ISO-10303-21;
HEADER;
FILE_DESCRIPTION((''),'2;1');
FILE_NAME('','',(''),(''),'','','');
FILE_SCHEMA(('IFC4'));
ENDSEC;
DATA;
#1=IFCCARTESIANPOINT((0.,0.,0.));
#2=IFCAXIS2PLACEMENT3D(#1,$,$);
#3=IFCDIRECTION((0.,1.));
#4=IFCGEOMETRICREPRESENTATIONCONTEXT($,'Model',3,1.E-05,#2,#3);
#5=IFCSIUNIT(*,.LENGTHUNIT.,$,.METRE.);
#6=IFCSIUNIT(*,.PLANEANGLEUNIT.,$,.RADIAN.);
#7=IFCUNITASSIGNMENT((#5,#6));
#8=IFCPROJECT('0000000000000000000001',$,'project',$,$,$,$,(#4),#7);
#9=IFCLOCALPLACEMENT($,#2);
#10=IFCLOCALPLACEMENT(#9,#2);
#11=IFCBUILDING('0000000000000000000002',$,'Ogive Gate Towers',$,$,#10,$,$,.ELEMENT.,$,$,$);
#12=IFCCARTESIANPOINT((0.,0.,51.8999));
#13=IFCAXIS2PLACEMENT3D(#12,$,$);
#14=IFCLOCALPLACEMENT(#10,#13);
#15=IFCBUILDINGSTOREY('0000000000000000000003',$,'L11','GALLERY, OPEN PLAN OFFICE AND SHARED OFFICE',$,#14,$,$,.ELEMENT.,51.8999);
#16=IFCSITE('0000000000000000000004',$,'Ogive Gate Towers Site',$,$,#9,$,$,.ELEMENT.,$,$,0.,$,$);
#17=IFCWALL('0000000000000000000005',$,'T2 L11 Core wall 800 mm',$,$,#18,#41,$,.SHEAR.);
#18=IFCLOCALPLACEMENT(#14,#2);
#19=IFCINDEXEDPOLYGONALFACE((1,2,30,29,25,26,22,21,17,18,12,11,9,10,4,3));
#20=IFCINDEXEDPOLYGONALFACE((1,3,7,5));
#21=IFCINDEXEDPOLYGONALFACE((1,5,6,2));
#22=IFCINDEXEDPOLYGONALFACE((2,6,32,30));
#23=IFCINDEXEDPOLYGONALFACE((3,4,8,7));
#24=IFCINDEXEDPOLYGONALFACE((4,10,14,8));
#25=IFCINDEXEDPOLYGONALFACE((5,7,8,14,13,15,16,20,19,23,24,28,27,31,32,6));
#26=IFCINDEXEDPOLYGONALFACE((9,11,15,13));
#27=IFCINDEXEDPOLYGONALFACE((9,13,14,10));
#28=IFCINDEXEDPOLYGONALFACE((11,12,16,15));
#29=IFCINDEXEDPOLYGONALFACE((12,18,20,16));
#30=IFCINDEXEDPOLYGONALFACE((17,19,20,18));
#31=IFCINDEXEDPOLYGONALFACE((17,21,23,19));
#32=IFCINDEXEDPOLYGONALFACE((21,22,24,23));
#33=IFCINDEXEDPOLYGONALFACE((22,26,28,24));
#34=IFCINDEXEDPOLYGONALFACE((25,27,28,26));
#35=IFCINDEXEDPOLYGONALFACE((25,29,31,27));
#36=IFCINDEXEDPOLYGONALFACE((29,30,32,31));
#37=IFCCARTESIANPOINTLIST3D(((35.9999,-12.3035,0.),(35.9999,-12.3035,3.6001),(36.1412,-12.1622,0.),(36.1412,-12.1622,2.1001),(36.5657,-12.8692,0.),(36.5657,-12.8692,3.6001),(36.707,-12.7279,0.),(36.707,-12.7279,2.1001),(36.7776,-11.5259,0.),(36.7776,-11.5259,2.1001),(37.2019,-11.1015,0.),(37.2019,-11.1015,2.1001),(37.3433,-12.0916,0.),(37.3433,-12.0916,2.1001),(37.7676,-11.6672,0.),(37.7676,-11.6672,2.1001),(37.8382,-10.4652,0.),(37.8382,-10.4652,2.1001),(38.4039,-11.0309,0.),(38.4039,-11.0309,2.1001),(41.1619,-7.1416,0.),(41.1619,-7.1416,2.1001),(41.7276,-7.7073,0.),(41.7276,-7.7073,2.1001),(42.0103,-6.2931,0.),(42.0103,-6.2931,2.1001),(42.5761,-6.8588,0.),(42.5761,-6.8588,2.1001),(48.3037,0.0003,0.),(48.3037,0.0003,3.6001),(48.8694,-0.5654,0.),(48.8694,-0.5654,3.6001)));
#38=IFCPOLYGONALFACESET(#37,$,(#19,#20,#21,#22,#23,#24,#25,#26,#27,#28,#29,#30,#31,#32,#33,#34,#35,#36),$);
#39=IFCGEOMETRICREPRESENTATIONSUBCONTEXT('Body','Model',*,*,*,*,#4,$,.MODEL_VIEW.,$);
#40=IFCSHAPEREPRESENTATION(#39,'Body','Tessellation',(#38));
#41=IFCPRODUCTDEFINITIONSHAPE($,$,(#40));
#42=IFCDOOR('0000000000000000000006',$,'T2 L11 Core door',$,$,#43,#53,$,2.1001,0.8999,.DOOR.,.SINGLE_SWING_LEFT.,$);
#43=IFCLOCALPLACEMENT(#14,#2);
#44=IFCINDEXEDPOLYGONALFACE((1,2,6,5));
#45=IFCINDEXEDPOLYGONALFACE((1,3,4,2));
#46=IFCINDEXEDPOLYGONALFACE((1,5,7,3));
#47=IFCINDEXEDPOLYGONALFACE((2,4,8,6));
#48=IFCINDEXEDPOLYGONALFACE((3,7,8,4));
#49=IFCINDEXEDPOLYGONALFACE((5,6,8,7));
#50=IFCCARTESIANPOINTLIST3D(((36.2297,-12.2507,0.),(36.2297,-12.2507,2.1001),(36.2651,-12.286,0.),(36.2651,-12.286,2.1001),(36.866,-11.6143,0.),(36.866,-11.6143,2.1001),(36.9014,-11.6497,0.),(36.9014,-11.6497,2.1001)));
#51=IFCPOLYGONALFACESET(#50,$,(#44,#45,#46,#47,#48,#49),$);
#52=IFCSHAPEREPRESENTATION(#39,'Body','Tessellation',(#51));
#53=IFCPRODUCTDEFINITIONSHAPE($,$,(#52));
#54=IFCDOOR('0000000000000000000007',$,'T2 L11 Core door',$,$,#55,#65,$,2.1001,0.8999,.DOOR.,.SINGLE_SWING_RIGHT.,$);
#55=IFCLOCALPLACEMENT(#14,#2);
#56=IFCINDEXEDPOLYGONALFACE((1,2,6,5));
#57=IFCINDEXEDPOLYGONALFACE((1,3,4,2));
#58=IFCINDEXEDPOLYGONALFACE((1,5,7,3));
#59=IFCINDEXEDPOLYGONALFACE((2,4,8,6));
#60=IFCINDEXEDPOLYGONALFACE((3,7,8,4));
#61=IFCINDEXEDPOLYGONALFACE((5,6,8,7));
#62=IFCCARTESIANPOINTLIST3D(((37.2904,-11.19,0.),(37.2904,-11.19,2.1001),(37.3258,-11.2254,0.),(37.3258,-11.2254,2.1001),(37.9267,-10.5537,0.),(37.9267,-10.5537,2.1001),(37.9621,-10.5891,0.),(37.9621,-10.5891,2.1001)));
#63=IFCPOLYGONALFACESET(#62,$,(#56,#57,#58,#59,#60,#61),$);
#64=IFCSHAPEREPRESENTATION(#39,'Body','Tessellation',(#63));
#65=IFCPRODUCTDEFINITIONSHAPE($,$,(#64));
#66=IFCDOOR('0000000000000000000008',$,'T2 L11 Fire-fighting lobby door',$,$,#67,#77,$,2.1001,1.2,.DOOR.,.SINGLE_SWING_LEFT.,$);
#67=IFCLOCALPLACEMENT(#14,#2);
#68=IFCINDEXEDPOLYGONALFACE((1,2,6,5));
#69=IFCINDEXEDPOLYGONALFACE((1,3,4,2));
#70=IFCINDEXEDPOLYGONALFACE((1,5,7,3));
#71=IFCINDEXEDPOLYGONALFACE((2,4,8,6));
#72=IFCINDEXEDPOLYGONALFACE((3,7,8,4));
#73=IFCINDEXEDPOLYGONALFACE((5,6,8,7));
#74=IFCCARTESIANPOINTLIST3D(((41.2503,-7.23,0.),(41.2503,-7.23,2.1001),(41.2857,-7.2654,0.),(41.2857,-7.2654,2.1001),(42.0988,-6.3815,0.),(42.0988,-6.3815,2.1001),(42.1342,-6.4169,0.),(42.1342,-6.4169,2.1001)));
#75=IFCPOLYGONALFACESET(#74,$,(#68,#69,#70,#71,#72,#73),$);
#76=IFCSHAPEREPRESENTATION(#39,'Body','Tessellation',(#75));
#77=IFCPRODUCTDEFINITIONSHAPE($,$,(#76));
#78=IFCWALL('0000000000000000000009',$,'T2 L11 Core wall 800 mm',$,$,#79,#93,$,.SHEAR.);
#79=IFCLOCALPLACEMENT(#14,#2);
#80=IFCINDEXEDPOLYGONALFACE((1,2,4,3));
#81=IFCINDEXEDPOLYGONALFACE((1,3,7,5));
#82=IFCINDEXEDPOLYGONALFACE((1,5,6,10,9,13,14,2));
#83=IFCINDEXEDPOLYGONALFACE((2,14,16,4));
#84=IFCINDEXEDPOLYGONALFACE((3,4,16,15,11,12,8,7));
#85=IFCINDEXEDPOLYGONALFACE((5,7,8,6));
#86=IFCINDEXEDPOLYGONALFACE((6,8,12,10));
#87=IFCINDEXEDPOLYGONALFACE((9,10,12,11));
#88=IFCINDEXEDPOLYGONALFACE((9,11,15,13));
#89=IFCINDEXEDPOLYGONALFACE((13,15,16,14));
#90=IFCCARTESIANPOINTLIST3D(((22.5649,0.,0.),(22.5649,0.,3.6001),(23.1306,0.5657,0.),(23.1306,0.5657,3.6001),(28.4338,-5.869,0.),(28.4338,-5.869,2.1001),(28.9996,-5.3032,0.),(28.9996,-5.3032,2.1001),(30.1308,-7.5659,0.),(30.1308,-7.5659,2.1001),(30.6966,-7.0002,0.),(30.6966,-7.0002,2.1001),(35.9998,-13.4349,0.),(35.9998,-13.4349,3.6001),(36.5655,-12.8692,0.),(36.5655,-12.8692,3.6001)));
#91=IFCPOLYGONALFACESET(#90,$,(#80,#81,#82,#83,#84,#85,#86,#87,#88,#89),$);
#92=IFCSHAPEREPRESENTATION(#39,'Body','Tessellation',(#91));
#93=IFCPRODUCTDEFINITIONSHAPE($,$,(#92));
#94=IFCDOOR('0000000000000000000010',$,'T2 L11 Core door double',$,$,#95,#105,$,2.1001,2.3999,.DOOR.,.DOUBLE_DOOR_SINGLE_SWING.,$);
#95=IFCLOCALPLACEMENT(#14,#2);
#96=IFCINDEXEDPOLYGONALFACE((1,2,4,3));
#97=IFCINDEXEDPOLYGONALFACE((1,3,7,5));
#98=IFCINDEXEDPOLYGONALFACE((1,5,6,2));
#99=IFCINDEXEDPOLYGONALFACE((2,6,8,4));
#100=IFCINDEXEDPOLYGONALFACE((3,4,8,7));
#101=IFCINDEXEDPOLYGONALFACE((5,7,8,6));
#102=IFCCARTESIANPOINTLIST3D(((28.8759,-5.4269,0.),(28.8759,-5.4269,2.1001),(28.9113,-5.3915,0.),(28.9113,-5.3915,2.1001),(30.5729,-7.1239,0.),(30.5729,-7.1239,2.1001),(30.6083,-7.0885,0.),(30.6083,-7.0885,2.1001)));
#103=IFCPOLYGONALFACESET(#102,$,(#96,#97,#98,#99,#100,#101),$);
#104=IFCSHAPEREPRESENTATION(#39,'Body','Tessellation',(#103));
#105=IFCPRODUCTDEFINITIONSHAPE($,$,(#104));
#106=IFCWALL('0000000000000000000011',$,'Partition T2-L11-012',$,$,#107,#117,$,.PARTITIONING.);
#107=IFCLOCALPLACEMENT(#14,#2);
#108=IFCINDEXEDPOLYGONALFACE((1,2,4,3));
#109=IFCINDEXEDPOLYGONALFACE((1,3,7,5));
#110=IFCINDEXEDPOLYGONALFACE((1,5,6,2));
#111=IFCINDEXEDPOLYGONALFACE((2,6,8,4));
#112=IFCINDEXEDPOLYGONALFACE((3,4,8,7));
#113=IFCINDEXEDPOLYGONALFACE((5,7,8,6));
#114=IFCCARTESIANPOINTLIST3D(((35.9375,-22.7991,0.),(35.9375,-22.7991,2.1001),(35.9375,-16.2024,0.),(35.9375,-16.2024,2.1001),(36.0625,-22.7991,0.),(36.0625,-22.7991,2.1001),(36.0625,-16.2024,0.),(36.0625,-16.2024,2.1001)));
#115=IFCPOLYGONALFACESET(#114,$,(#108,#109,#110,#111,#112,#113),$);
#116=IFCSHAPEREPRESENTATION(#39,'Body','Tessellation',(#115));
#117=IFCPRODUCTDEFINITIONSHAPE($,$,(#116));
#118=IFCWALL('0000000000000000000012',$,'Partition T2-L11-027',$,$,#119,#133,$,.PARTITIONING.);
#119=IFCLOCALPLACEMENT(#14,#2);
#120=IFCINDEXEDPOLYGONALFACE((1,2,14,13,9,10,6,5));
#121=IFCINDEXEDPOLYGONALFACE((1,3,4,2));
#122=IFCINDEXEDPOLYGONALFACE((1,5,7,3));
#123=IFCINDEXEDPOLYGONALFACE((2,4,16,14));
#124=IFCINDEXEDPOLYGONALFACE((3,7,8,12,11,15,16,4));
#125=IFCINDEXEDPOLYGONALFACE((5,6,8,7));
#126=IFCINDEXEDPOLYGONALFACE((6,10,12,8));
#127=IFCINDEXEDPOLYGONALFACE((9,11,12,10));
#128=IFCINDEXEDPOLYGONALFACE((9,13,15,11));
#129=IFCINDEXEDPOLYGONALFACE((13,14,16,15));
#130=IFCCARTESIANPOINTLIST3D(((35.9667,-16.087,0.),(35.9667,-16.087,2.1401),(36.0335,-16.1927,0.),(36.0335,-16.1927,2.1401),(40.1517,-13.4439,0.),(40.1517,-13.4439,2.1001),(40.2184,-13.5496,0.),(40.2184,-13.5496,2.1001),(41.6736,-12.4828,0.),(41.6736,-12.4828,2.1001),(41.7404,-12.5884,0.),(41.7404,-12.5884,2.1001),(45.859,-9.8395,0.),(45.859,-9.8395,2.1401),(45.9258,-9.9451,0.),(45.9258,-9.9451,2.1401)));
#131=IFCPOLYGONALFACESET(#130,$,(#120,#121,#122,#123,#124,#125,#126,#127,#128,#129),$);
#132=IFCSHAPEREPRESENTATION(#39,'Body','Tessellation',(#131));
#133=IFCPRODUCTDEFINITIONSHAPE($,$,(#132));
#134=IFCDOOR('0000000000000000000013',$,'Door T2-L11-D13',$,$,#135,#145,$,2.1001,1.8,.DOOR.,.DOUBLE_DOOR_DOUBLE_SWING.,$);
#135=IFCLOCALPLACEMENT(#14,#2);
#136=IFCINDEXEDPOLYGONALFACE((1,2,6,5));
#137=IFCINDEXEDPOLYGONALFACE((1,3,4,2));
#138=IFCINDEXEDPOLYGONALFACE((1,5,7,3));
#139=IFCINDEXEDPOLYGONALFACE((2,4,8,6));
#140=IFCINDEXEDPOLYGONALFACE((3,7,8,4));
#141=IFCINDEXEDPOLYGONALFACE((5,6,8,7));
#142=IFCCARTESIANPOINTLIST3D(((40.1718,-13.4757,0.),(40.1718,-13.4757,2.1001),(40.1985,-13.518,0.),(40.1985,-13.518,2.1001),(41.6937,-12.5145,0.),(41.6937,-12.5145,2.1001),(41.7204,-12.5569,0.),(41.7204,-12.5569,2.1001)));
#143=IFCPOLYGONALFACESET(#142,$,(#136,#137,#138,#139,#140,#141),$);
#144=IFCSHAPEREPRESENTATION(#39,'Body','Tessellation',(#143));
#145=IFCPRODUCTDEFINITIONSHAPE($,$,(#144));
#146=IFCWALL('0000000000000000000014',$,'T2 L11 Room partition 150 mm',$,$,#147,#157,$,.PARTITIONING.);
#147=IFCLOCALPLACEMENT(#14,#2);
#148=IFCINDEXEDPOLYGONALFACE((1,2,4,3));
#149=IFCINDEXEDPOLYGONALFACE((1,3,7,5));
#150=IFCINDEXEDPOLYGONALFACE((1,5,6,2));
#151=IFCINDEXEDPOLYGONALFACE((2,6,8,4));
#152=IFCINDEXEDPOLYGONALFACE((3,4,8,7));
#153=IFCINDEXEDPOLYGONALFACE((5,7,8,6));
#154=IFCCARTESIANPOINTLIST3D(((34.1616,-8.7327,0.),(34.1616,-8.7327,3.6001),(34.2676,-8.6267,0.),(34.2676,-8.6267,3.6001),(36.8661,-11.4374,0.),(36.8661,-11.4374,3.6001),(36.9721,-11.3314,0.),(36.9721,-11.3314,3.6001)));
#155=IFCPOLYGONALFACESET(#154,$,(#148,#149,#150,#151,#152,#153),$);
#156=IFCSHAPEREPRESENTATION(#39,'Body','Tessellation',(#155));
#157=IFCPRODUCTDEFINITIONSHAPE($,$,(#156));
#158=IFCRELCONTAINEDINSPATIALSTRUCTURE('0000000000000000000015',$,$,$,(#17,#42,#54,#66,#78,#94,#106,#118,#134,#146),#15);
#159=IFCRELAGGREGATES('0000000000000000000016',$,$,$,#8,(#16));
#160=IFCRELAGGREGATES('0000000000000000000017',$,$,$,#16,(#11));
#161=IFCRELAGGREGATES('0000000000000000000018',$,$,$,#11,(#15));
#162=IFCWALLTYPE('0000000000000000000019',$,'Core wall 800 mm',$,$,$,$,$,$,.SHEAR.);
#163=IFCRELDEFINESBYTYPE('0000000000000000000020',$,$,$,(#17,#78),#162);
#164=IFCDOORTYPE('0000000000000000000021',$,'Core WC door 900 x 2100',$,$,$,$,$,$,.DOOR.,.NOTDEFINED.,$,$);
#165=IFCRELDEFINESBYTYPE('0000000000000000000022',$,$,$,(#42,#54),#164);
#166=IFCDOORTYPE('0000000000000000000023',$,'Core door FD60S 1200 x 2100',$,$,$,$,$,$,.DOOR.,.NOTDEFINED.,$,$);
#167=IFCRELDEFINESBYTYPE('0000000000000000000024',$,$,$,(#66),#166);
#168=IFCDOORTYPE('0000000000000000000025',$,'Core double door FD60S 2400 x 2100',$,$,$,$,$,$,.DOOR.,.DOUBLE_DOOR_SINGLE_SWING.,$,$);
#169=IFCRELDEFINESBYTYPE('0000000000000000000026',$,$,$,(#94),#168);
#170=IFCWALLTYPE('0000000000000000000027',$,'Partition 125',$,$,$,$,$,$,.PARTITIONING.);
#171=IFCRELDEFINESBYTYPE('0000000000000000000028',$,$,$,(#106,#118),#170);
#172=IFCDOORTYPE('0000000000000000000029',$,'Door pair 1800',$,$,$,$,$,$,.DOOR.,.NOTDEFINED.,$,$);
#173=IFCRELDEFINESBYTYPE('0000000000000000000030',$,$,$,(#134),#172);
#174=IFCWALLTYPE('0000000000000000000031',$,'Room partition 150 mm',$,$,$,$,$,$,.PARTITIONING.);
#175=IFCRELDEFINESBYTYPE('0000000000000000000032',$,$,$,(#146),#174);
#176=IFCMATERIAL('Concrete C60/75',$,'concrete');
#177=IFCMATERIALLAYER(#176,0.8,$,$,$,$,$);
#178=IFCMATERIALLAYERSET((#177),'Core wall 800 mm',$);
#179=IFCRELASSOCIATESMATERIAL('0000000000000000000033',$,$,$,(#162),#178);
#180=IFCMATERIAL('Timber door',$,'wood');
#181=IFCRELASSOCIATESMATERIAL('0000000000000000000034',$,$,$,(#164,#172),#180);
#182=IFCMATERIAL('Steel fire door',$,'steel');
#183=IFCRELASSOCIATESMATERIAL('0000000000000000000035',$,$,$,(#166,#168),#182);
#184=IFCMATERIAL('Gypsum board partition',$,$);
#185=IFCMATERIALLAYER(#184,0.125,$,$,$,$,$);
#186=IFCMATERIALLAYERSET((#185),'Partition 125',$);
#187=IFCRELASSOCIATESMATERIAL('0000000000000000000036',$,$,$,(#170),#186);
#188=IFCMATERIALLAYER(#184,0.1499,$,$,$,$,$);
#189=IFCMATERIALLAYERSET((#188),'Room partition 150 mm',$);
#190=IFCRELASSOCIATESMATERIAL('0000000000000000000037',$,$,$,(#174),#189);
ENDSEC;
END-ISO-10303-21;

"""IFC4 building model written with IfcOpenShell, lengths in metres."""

from ifc_helpers import new_model, si_unit, direction, frame, frame_2d, origin, place, context, subcontext, project, spatial, rectangle, extrude, material, layer, layer_set, type_object, element, fill, save


model = new_model("IFC4")

# Units and contexts
model_context = context("Model", 3, precision=1e-05, world=origin(), true_north=direction((0.0, 1.0)))
body_context = subcontext(model_context, "Body", "Model", "MODEL_VIEW")
ifc_project = project(units=[si_unit("LENGTHUNIT", "METRE"), si_unit("PLANEANGLEUNIT", "RADIAN")], contexts=[model_context])

# Site, building, storey
site_placement = place(None, origin())
site = spatial("IfcSite", under=ifc_project, at=site_placement, Name="Ogive Gate Towers Site", CompositionType="ELEMENT", RefElevation=0.0)
building_placement = place(site_placement, origin())
building = spatial("IfcBuilding", under=site, at=building_placement, Name="Ogive Gate Towers", CompositionType="ELEMENT")
storey_placement = place(building_placement, frame((0.0, 0.0, 51.8999)))
storey = spatial("IfcBuildingStorey", under=building, at=storey_placement, Name="L11", Description="GALLERY, OPEN PLAN OFFICE AND SHARED OFFICE", CompositionType="ELEMENT", Elevation=51.8999)

# Wall, openings, doors
ifc_material_1 = material(Name="Concrete C60/75", Category="concrete")
ifc_layer_1 = layer(ifc_material_1, 0.8)
ifc_layer_set_1 = layer_set([ifc_layer_1], Name="Core wall 800 mm")
wall_type_1 = type_object("IfcWallType", Name="Core wall 800 mm", PredefinedType="SHEAR", material=ifc_layer_set_1)
wall_1_placement = place(storey_placement, frame((36.2827, -12.5864, 0.0), z_axis=(0.0, 0.0, 1.0), x_axis=(0.707107, 0.707107, 0.0)))
wall_1 = element("IfcWall", 1, at=wall_1_placement, inside=storey, type_object=wall_type_1, Name="T2 L11 Core wall 800 mm", PredefinedType="SHEAR", context=body_context, shape_type="SweptSolid", body=[
    extrude(rectangle(XDim=17.4001, YDim=0.8, at=frame_2d((8.7002, 0.0))), origin(), (0.0, 0.0, 1.0), 3.6001),
])
opening_1_placement = place(wall_1_placement, frame((7.3, 0.0, 0.0)))
opening_1 = element("IfcOpeningElement", 2, at=opening_1_placement, cuts=wall_1, PredefinedType="OPENING", context=body_context, shape_type="SweptSolid", body=[
    extrude(rectangle(XDim=1.2, YDim=2.1001, at=frame_2d((0.6001, 1.05))), frame((0.0, 0.4102, 0.0), z_axis=(0.0, -1.0, 0.0), x_axis=(1.0, 0.0, 0.0)), (0.0, 0.0, 1.0), 0.8201),
])
opening_2_placement = place(wall_1_placement, frame((0.2, 0.0, 0.0)))
opening_2 = element("IfcOpeningElement", 3, at=opening_2_placement, cuts=wall_1, PredefinedType="OPENING", context=body_context, shape_type="SweptSolid", body=[
    extrude(rectangle(XDim=0.8999, YDim=2.1001, at=frame_2d((0.45, 1.05))), frame((0.0, 0.4102, 0.0), z_axis=(0.0, -1.0, 0.0), x_axis=(1.0, 0.0, 0.0)), (0.0, 0.0, 1.0), 0.8201),
])
opening_3_placement = place(wall_1_placement, frame((1.7, 0.0, 0.0)))
opening_3 = element("IfcOpeningElement", 4, at=opening_3_placement, cuts=wall_1, PredefinedType="OPENING", context=body_context, shape_type="SweptSolid", body=[
    extrude(rectangle(XDim=0.8999, YDim=2.1001, at=frame_2d((0.45, 1.05))), frame((0.0, 0.4102, 0.0), z_axis=(0.0, -1.0, 0.0), x_axis=(1.0, 0.0, 0.0)), (0.0, 0.0, 1.0), 0.8201),
])
ifc_material_2 = material(Name="Timber door", Category="wood")
door_type_1 = type_object("IfcDoorType", Name="Core WC door 900 x 2100", OperationType="NOTDEFINED", PredefinedType="DOOR", material=ifc_material_2)
door_1_placement = place(opening_2_placement, origin())
door_1 = element("IfcDoor", 5, at=door_1_placement, inside=storey, type_object=door_type_1, Name="T2 L11 Core door", OperationType="SINGLE_SWING_LEFT", OverallHeight=2.1001, OverallWidth=0.8999, PredefinedType="DOOR", context=body_context, shape_type="SweptSolid", body=[
    extrude(rectangle(XDim=0.8999, YDim=2.1001, at=frame_2d((0.45, 1.05))), frame((0.0, 0.2749, 0.0), z_axis=(0.0, -1.0, 0.0), x_axis=(1.0, 0.0, 0.0)), (0.0, 0.0, 1.0), 0.05),
])
fill(opening_2, door_1)
door_2_placement = place(opening_3_placement, origin())
door_2 = element("IfcDoor", 6, at=door_2_placement, inside=storey, type_object=door_type_1, Name="T2 L11 Core door", OperationType="SINGLE_SWING_RIGHT", OverallHeight=2.1001, OverallWidth=0.8999, PredefinedType="DOOR", context=body_context, shape_type="SweptSolid", body=[
    extrude(rectangle(XDim=0.8999, YDim=2.1001, at=frame_2d((0.45, 1.05))), frame((0.0, 0.2749, 0.0), z_axis=(0.0, -1.0, 0.0), x_axis=(1.0, 0.0, 0.0)), (0.0, 0.0, 1.0), 0.05),
])
fill(opening_3, door_2)
ifc_material_3 = material(Name="Steel fire door", Category="steel")
door_type_2 = type_object("IfcDoorType", Name="Core door FD60S 1200 x 2100", OperationType="NOTDEFINED", PredefinedType="DOOR", material=ifc_material_3)
door_3_placement = place(opening_1_placement, origin())
door_3 = element("IfcDoor", 7, at=door_3_placement, inside=storey, type_object=door_type_2, Name="T2 L11 Fire-fighting lobby door", OperationType="SINGLE_SWING_LEFT", OverallHeight=2.1001, OverallWidth=1.2, PredefinedType="DOOR", context=body_context, shape_type="SweptSolid", body=[
    extrude(rectangle(XDim=1.2, YDim=2.1001, at=frame_2d((0.6001, 1.05))), frame((0.0, 0.2749, 0.0), z_axis=(0.0, -1.0, 0.0), x_axis=(1.0, 0.0, 0.0)), (0.0, 0.0, 1.0), 0.05),
])
fill(opening_1, door_3)

# Wall, opening, door
wall_2_placement = place(storey_placement, frame((36.2827, -13.1521, 0.0), z_axis=(0.0, 0.0, 1.0), x_axis=(-0.707107, 0.707107, 0.0)))
wall_2 = element("IfcWall", 8, at=wall_2_placement, inside=storey, type_object=wall_type_1, Name="T2 L11 Core wall 800 mm", PredefinedType="SHEAR", context=body_context, shape_type="SweptSolid", body=[
    extrude(rectangle(XDim=18.9998, YDim=0.8, at=frame_2d((9.5, 0.0))), origin(), (0.0, 0.0, 1.0), 3.6001),
])
opening_4_placement = place(wall_2_placement, frame((8.3, 0.0, 0.0)))
opening_4 = element("IfcOpeningElement", 9, at=opening_4_placement, cuts=wall_2, PredefinedType="OPENING", context=body_context, shape_type="SweptSolid", body=[
    extrude(rectangle(XDim=2.3999, YDim=2.1001, at=frame_2d((1.2, 1.05))), frame((0.0, 0.4102, 0.0), z_axis=(0.0, -1.0, 0.0), x_axis=(1.0, 0.0, 0.0)), (0.0, 0.0, 1.0), 0.8201),
])
door_type_3 = type_object("IfcDoorType", Name="Core double door FD60S 2400 x 2100", OperationType="DOUBLE_DOOR_SINGLE_SWING", PredefinedType="DOOR", material=ifc_material_3)
door_4_placement = place(opening_4_placement, origin())
door_4 = element("IfcDoor", 10, at=door_4_placement, inside=storey, type_object=door_type_3, Name="T2 L11 Core door double", OperationType="DOUBLE_DOOR_SINGLE_SWING", OverallHeight=2.1001, OverallWidth=2.3999, PredefinedType="DOOR", context=body_context, shape_type="SweptSolid", body=[
    extrude(rectangle(XDim=2.3999, YDim=2.1001, at=frame_2d((1.2, 1.05))), frame((0.0, -0.2251, 0.0), z_axis=(0.0, -1.0, 0.0), x_axis=(1.0, 0.0, 0.0)), (0.0, 0.0, 1.0), 0.05),
])
fill(opening_4, door_4)

# Wall
ifc_material_4 = material(Name="Gypsum board partition")
ifc_layer_2 = layer(ifc_material_4, 0.125)
ifc_layer_set_2 = layer_set([ifc_layer_2], Name="Partition 125")
wall_type_2 = type_object("IfcWallType", Name="Partition 125", PredefinedType="PARTITIONING", material=ifc_layer_set_2)
wall_3_placement = place(storey_placement, frame((36.0, -22.7991, 0.0), z_axis=(0.0, 0.0, 1.0), x_axis=(0.0, 1.0, 0.0)))
element("IfcWall", 11, at=wall_3_placement, inside=storey, type_object=wall_type_2, Name="Partition T2-L11-012", PredefinedType="PARTITIONING", context=body_context, shape_type="SweptSolid", body=[
    extrude(rectangle(XDim=6.5967, YDim=0.125, at=frame_2d((3.2983, 0.0))), origin(), (0.0, 0.0, 1.0), 2.1001),
])

# Wall, opening, door
wall_4_placement = place(storey_placement, frame((36.0, -16.1399, 0.0), z_axis=(0.0, 0.0, 1.0), x_axis=(0.845498, 0.533979, 0.0)))
wall_4 = element("IfcWall", 12, at=wall_4_placement, inside=storey, type_object=wall_type_2, Name="Partition T2-L11-027", PredefinedType="PARTITIONING", context=body_context, shape_type="SweptSolid", body=[
    extrude(rectangle(XDim=11.7, YDim=0.125, at=frame_2d((5.8501, 0.0))), origin(), (0.0, 0.0, 1.0), 2.1401),
])
opening_5_placement = place(wall_4_placement, frame((4.95, 0.0, 0.0)))
opening_5 = element("IfcOpeningElement", 13, at=opening_5_placement, cuts=wall_4, PredefinedType="OPENING", context=body_context, shape_type="SweptSolid", body=[
    extrude(rectangle(XDim=1.8, YDim=2.1001, at=frame_2d((0.8999, 1.05))), frame((0.0, 0.0725, 0.0), z_axis=(0.0, -1.0, 0.0), x_axis=(1.0, 0.0, 0.0)), (0.0, 0.0, 1.0), 0.145),
])
door_type_4 = type_object("IfcDoorType", Name="Door pair 1800", OperationType="NOTDEFINED", PredefinedType="DOOR", material=ifc_material_2)
door_5_placement = place(opening_5_placement, origin())
door_5 = element("IfcDoor", 14, at=door_5_placement, inside=storey, type_object=door_type_4, Name="Door T2-L11-D13", OperationType="DOUBLE_DOOR_DOUBLE_SWING", OverallHeight=2.1001, OverallWidth=1.8, PredefinedType="DOOR", context=body_context, shape_type="SweptSolid", body=[
    extrude(rectangle(XDim=1.8, YDim=2.1001, at=frame_2d((0.8999, 1.05))), frame((0.0, 0.0249, 0.0), z_axis=(0.0, -1.0, 0.0), x_axis=(1.0, 0.0, 0.0)), (0.0, 0.0, 1.0), 0.05),
])
fill(opening_5, door_5)

# Wall
ifc_layer_3 = layer(ifc_material_4, 0.1499)
ifc_layer_set_3 = layer_set([ifc_layer_3], Name="Room partition 150 mm")
wall_type_3 = type_object("IfcWallType", Name="Room partition 150 mm", PredefinedType="PARTITIONING", material=ifc_layer_set_3)
wall_5_placement = place(storey_placement, frame((36.9192, -11.3845, 0.0), z_axis=(0.0, 0.0, 1.0), x_axis=(-0.707075, 0.707139, 0.0)))
element("IfcWall", 15, at=wall_5_placement, inside=storey, type_object=wall_type_3, Name="T2 L11 Room partition 150 mm", PredefinedType="PARTITIONING", context=body_context, shape_type="SweptSolid", body=[
    extrude(rectangle(XDim=3.825, YDim=0.1499, at=frame_2d((1.9126, 0.0))), origin(), (0.0, 0.0, 1.0), 3.6001),
])

save(model, "model.ifc")
